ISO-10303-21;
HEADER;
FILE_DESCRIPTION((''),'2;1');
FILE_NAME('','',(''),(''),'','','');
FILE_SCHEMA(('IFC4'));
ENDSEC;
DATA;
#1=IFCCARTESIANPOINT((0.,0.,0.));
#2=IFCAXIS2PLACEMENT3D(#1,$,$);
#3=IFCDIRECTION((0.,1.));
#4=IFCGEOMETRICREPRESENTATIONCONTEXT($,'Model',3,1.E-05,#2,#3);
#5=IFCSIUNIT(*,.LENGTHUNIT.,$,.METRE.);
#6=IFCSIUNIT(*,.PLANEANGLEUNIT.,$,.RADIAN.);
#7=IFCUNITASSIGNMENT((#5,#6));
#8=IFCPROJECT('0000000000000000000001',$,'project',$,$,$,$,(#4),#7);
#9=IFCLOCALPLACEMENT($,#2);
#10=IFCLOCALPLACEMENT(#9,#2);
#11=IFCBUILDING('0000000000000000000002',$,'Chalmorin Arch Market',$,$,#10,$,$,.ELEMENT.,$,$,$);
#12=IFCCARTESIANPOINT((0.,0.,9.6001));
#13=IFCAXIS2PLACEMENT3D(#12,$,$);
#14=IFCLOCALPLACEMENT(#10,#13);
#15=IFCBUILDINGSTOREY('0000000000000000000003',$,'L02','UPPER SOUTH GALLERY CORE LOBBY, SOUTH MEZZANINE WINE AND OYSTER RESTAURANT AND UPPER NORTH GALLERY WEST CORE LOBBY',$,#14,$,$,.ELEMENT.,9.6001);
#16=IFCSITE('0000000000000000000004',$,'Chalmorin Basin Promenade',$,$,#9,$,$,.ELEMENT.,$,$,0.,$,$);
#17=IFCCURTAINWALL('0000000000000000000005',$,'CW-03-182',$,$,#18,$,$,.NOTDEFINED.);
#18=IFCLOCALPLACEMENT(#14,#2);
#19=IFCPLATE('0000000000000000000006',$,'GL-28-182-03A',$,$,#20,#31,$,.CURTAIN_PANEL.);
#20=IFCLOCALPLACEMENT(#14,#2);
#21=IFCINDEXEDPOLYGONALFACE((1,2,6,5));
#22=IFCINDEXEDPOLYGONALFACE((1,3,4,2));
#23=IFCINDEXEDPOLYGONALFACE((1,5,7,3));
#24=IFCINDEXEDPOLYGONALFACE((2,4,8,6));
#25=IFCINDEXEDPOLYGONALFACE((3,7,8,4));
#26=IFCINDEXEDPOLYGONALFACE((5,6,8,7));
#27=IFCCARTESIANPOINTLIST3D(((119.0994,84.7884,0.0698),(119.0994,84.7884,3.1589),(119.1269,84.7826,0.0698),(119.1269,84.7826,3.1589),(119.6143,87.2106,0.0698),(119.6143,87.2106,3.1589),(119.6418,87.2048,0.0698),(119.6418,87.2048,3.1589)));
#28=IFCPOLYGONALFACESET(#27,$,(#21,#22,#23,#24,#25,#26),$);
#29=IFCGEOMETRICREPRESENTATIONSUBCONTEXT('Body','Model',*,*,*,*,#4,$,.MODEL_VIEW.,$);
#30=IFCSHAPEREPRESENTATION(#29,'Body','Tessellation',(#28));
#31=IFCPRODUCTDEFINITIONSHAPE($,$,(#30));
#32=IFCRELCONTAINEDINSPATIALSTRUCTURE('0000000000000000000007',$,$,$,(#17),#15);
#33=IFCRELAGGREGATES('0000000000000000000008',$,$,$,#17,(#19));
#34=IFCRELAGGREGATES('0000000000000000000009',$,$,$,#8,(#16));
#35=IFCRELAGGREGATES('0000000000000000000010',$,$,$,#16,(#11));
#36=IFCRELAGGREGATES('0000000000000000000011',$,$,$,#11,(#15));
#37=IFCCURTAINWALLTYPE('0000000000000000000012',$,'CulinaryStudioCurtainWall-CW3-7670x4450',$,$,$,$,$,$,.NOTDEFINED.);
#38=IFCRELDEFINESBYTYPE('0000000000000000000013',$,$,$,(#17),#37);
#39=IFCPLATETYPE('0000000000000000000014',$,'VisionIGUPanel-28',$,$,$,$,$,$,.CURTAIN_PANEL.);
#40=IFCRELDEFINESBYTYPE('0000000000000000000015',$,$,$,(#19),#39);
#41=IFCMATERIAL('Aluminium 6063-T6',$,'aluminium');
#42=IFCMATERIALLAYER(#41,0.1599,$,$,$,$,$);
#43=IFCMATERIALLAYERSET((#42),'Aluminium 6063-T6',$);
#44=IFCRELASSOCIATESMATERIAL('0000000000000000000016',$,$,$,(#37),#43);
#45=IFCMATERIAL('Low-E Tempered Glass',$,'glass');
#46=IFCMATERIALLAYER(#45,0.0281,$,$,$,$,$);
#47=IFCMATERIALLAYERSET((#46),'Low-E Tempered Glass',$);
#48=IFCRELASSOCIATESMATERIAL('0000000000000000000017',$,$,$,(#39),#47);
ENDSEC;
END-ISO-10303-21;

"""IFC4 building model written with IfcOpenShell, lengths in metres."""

from ifc_helpers import new_model, si_unit, direction, frame, origin, origin_2d, place, context, subcontext, project, spatial, rectangle, extrude, material, layer, layer_set, type_object, element, aggregate, save


model = new_model("IFC4")

# Units and contexts
model_context = context("Model", 3, precision=1e-05, world=origin(), true_north=direction((0.0, 1.0)))
body_context = subcontext(model_context, "Body", "Model", "MODEL_VIEW")
ifc_project = project(units=[si_unit("LENGTHUNIT", "METRE"), si_unit("PLANEANGLEUNIT", "RADIAN")], contexts=[model_context])

# Site, building, storey
site_placement = place(None, origin())
site = spatial("IfcSite", under=ifc_project, at=site_placement, Name="Chalmorin Basin Promenade", CompositionType="ELEMENT", RefElevation=0.0)
building_placement = place(site_placement, origin())
building = spatial("IfcBuilding", under=site, at=building_placement, Name="Chalmorin Arch Market", CompositionType="ELEMENT")
storey_placement = place(building_placement, frame((0.0, 0.0, 9.6001)))
storey = spatial("IfcBuildingStorey", under=building, at=storey_placement, Name="L02", Description="UPPER SOUTH GALLERY CORE LOBBY, SOUTH MEZZANINE WINE AND OYSTER RESTAURANT AND UPPER NORTH GALLERY WEST CORE LOBBY", CompositionType="ELEMENT", Elevation=9.6001)

# Curtain wall
ifc_material_1 = material(Name="Aluminium 6063-T6", Category="aluminium")
ifc_layer_1 = layer(ifc_material_1, 0.1599)
ifc_layer_set_1 = layer_set([ifc_layer_1], Name="Aluminium 6063-T6")
curtain_wall_type_1 = type_object("IfcCurtainWallType", Name="CulinaryStudioCurtainWall-CW3-7670x4450", PredefinedType="NOTDEFINED", material=ifc_layer_set_1)
curtain_wall_1_placement = place(storey_placement, origin())
curtain_wall_1 = element("IfcCurtainWall", 1, at=curtain_wall_1_placement, inside=storey, type_object=curtain_wall_type_1, Name="CW-03-182", PredefinedType="NOTDEFINED")

# Plate
ifc_material_2 = material(Name="Low-E Tempered Glass", Category="glass")
ifc_layer_2 = layer(ifc_material_2, 0.0281)
ifc_layer_set_2 = layer_set([ifc_layer_2], Name="Low-E Tempered Glass")
plate_type_1 = type_object("IfcPlateType", Name="VisionIGUPanel-28", PredefinedType="CURTAIN_PANEL", material=ifc_layer_set_2)
plate_1_placement = place(storey_placement, frame((119.3706, 85.9966, 0.0698), z_axis=(0.0, 0.0, 1.0), x_axis=(0.207912, 0.978148, 0.0)))
plate_1 = element("IfcPlate", 2, at=plate_1_placement, type_object=plate_type_1, Name="GL-28-182-03A", PredefinedType="CURTAIN_PANEL", context=body_context, shape_type="SweptSolid", body=[
    extrude(rectangle(XDim=2.4763, YDim=0.0281, at=origin_2d()), origin(), (0.0, 0.0, 1.0), 3.0891),
])
aggregate(curtain_wall_1, [plate_1])

save(model, "model.ifc")
